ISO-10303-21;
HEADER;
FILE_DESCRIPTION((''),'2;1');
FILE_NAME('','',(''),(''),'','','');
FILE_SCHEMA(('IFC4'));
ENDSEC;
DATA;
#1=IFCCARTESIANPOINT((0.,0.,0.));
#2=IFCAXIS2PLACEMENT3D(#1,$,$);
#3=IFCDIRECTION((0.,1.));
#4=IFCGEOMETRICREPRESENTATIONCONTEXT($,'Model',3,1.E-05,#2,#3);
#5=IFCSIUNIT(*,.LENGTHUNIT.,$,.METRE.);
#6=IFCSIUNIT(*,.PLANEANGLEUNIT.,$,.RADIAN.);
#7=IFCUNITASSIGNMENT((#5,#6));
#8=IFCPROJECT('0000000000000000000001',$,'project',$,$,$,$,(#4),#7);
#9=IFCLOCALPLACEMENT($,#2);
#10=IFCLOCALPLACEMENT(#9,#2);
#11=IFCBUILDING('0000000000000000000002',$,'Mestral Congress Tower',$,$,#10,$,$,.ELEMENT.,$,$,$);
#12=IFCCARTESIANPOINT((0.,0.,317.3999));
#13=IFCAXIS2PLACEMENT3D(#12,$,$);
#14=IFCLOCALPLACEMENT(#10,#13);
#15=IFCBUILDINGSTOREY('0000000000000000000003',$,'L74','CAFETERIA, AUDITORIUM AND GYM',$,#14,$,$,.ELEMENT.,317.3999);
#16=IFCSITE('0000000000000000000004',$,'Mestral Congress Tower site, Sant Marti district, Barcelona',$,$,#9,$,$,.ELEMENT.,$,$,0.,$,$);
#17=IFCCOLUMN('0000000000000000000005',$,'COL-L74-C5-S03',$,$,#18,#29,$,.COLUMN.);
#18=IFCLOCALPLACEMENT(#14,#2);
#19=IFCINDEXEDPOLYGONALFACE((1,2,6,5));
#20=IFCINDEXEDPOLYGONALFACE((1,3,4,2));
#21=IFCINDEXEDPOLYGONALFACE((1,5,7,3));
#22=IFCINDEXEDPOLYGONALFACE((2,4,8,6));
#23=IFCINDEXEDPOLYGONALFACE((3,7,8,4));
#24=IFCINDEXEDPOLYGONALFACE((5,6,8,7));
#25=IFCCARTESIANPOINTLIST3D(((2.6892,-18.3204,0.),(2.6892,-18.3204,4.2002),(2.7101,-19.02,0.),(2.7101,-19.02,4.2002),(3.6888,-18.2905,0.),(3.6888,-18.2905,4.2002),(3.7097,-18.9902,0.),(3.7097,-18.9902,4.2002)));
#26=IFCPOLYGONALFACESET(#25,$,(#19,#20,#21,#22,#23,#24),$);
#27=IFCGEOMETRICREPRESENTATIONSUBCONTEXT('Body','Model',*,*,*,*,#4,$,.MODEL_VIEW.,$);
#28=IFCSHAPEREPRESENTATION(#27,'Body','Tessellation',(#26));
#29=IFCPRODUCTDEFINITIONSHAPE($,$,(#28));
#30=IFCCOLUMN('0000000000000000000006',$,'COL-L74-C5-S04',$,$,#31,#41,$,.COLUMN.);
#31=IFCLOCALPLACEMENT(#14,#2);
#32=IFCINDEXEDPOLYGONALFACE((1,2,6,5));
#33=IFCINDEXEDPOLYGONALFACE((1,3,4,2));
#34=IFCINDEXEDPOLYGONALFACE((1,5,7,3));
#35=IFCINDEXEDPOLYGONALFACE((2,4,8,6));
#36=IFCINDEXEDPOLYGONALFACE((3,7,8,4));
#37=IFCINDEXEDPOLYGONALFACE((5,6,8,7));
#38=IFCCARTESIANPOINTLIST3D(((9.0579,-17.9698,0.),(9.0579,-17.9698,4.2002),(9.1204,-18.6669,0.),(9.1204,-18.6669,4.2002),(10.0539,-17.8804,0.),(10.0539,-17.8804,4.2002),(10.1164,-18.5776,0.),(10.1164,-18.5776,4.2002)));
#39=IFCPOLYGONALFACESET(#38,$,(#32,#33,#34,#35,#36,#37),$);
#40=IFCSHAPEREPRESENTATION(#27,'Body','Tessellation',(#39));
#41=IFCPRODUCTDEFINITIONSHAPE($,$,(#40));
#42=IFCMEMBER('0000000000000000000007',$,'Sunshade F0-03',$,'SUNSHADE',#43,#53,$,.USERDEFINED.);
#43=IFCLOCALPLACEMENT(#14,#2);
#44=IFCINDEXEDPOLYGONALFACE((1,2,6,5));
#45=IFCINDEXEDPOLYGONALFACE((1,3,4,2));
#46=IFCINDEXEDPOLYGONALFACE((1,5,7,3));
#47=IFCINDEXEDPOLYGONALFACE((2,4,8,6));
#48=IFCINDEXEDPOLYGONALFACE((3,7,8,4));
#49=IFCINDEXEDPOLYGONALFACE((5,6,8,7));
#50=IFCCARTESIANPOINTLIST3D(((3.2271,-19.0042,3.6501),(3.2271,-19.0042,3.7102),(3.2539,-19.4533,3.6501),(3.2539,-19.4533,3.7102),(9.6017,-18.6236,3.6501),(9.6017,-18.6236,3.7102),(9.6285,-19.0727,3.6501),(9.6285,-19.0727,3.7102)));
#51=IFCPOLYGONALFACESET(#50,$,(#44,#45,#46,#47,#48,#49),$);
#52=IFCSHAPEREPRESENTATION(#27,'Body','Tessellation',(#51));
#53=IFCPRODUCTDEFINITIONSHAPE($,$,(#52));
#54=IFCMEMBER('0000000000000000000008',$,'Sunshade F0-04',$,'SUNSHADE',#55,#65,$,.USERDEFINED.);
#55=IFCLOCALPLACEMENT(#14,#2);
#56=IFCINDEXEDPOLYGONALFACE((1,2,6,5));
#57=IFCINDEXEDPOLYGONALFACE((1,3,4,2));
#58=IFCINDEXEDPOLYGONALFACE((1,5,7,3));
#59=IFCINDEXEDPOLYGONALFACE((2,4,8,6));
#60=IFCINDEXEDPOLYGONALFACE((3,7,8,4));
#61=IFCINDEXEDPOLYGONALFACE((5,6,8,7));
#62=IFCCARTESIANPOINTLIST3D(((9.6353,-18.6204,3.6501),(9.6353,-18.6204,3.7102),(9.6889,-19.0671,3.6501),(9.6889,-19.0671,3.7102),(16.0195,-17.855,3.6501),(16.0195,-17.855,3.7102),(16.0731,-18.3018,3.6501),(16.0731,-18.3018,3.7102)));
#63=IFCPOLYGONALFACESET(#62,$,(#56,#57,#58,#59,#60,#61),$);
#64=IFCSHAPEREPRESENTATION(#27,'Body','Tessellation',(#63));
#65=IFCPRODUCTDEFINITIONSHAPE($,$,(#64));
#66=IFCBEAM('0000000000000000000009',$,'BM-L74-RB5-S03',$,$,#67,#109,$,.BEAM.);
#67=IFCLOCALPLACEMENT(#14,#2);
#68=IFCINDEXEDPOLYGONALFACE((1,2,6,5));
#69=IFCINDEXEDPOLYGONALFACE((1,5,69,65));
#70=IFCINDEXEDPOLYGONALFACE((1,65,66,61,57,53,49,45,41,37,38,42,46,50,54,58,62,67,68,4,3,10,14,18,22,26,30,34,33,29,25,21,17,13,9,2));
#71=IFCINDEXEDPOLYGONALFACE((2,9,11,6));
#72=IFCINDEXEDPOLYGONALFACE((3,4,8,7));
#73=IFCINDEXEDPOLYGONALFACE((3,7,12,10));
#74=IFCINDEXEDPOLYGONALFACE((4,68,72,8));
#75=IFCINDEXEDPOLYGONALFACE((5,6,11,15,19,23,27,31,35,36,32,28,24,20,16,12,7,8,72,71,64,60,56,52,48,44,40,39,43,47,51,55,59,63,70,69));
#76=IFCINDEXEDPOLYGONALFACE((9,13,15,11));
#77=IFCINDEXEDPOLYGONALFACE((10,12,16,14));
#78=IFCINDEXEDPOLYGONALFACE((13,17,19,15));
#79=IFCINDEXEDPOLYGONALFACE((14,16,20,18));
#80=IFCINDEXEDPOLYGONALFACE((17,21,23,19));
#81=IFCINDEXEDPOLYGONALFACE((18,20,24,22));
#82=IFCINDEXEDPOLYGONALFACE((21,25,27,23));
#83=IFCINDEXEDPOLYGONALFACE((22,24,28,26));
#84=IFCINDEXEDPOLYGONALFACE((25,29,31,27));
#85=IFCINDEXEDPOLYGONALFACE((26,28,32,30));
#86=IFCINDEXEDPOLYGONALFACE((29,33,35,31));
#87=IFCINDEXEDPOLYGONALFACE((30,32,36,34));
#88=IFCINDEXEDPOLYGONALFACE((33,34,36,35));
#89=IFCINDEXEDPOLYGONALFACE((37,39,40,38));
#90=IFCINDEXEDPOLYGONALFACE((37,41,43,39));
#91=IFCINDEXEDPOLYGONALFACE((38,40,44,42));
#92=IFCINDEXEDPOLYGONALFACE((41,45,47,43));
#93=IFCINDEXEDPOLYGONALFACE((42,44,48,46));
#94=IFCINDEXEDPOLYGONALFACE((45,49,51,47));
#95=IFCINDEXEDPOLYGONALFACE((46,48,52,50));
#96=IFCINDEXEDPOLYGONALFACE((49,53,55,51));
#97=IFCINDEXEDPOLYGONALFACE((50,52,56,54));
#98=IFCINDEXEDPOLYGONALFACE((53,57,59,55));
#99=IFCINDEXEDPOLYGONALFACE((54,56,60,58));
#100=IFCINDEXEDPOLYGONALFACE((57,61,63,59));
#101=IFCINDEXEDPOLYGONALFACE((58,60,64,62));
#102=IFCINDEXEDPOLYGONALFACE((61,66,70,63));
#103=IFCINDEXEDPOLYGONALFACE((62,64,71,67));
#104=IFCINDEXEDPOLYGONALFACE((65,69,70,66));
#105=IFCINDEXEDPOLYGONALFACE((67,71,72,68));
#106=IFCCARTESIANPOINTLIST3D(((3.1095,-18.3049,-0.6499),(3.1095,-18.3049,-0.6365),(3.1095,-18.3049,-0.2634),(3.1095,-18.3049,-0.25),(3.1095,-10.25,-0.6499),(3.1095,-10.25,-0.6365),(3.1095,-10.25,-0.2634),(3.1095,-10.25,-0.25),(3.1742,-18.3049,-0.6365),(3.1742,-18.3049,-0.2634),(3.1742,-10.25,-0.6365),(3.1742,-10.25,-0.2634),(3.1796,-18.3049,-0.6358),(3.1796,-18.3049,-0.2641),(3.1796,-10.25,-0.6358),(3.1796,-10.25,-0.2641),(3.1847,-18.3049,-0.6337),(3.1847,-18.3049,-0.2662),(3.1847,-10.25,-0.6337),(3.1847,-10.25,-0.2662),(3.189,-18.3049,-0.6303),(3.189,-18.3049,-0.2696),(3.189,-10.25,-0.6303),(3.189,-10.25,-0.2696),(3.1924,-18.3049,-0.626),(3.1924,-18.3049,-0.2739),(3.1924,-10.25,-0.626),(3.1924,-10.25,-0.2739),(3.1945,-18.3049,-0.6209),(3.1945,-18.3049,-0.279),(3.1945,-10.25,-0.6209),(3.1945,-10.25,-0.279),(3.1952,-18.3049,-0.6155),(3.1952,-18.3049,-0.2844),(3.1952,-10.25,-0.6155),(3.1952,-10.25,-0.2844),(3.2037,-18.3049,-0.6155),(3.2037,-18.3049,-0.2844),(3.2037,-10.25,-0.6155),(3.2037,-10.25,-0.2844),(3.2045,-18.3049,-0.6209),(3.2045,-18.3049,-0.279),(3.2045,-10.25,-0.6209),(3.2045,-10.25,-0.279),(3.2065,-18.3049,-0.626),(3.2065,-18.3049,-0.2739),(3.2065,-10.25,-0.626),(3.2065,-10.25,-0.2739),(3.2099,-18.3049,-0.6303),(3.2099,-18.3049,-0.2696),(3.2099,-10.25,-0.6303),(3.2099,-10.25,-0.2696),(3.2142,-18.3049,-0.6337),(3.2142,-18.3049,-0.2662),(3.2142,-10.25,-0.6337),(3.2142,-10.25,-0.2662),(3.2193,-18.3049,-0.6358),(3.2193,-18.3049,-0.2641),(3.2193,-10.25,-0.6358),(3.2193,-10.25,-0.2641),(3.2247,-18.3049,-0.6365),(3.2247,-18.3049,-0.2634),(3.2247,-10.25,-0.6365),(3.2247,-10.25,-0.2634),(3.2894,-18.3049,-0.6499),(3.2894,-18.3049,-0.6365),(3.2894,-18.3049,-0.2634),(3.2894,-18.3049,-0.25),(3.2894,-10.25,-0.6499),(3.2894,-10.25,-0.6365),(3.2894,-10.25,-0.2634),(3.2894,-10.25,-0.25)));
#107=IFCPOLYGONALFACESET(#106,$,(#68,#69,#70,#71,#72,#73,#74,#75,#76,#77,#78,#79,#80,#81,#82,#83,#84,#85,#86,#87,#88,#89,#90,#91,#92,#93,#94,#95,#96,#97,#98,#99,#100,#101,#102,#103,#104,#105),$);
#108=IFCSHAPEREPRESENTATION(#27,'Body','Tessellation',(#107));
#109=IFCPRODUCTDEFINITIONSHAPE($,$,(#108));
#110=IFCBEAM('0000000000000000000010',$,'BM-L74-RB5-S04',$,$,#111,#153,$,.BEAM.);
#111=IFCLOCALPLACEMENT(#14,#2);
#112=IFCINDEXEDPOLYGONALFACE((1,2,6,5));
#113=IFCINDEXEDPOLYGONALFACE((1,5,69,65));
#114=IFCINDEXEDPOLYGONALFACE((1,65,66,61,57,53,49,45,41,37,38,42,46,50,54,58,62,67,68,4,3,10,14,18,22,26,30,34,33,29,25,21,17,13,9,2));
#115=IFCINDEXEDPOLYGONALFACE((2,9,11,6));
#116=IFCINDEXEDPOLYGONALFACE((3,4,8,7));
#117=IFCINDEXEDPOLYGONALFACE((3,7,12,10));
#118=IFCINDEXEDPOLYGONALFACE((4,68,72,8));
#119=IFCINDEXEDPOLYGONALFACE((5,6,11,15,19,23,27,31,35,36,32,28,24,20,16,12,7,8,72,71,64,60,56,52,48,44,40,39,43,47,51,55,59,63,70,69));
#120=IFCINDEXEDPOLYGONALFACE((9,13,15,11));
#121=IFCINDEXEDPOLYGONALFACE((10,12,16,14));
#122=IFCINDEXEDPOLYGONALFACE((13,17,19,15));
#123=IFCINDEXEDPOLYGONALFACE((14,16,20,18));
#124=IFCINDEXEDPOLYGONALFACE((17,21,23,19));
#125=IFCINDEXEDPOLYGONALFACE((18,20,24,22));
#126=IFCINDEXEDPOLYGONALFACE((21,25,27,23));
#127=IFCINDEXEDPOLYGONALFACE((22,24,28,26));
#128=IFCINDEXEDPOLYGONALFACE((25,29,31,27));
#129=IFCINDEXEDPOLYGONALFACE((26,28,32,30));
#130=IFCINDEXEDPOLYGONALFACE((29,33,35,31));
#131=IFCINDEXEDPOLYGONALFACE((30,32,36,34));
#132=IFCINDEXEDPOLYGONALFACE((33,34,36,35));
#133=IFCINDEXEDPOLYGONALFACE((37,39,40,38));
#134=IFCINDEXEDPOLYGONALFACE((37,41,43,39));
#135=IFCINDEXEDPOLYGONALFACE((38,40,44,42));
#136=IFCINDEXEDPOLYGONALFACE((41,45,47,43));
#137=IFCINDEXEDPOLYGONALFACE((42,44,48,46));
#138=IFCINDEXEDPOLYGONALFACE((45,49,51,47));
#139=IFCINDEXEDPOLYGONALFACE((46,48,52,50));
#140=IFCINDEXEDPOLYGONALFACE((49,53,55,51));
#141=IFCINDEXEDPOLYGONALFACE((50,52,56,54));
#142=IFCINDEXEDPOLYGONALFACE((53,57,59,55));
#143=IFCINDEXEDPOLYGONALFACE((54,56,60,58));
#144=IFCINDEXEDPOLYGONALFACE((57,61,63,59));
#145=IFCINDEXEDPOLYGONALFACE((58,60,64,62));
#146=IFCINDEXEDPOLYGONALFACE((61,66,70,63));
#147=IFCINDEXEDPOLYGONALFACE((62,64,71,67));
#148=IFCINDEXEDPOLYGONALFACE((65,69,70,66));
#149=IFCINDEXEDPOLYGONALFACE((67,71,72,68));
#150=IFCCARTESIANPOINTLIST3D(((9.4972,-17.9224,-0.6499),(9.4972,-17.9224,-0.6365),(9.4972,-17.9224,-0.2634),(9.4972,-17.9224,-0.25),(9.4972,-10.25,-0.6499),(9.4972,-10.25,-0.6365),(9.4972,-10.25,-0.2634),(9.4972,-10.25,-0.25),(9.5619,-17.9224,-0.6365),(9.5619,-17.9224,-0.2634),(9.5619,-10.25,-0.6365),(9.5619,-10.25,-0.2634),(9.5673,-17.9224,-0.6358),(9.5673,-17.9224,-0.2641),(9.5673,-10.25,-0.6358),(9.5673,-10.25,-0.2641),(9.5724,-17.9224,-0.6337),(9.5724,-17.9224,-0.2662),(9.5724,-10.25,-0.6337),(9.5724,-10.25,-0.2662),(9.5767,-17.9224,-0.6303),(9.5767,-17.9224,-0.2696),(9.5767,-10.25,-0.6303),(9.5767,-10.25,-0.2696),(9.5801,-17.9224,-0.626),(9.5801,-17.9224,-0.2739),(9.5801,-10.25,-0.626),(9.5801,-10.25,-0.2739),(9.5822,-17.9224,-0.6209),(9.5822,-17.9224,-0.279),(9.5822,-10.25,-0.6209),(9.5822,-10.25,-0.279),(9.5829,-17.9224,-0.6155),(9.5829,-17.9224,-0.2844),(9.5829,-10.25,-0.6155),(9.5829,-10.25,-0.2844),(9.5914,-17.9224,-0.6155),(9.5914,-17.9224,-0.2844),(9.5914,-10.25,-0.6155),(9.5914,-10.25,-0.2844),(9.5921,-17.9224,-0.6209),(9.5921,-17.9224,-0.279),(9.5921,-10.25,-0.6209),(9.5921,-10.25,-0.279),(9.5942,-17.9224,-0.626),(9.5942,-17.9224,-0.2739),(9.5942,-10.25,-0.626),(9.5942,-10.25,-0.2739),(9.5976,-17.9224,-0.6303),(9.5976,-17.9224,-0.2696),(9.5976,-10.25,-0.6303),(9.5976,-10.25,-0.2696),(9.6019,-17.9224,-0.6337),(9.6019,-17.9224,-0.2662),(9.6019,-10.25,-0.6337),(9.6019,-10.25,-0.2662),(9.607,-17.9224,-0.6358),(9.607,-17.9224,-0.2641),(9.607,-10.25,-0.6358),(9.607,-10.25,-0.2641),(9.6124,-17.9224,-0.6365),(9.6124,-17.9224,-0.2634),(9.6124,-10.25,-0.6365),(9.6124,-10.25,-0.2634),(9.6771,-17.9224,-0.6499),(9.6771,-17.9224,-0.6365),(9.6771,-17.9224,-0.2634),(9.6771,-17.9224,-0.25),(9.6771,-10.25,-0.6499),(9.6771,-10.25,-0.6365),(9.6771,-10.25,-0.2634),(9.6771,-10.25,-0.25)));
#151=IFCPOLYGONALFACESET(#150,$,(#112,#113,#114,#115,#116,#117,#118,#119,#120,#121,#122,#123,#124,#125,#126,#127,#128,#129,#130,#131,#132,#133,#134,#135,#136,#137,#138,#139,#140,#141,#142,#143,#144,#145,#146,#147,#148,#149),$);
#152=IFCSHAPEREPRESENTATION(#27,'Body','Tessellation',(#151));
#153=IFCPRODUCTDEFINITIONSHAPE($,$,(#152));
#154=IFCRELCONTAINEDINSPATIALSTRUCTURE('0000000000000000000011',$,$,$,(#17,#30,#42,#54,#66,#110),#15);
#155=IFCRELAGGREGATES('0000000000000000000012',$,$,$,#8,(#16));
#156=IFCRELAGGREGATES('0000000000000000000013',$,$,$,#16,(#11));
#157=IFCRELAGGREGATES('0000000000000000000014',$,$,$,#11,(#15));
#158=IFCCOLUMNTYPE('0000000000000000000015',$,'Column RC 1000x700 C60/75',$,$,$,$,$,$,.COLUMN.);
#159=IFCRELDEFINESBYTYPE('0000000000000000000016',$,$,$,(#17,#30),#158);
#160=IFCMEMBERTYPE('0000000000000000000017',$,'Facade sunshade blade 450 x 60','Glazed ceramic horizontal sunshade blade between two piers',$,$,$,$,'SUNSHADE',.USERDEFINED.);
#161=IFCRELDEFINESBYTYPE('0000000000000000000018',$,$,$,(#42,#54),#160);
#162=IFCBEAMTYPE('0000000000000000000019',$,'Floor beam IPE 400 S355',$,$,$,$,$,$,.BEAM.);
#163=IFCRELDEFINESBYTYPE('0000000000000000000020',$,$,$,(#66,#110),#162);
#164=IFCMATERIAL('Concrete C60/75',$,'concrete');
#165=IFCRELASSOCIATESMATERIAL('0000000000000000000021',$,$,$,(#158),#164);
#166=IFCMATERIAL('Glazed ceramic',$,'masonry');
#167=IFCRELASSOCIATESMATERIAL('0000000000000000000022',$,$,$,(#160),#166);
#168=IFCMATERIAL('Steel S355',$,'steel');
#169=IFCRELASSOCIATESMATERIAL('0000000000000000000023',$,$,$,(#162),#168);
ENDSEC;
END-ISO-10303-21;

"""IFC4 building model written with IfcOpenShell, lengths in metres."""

from ifc_helpers import new_model, si_unit, direction, frame, origin, origin_2d, place, context, subcontext, project, spatial, rectangle, i_section, extrude, material, material_profile, profile_set, type_object, element, save


model = new_model("IFC4")

# Units and contexts
model_context = context("Model", 3, precision=1e-05, world=origin(), true_north=direction((0.0, 1.0)))
body_context = subcontext(model_context, "Body", "Model", "MODEL_VIEW")
ifc_project = project(units=[si_unit("LENGTHUNIT", "METRE"), si_unit("PLANEANGLEUNIT", "RADIAN")], contexts=[model_context])

# Site, building, storey
site_placement = place(None, origin())
site = spatial("IfcSite", under=ifc_project, at=site_placement, Name="Mestral Congress Tower site, Sant Marti district, Barcelona", CompositionType="ELEMENT", RefElevation=0.0)
building_placement = place(site_placement, origin())
building = spatial("IfcBuilding", under=site, at=building_placement, Name="Mestral Congress Tower", CompositionType="ELEMENT")
storey_placement = place(building_placement, frame((0.0, 0.0, 317.3999)))
storey = spatial("IfcBuildingStorey", under=building, at=storey_placement, Name="L74", Description="CAFETERIA, AUDITORIUM AND GYM", CompositionType="ELEMENT", Elevation=317.3999)

# Columns
ifc_material_1 = material(Name="Concrete C60/75", Category="concrete")
ifc_material_profile_1 = material_profile(ifc_material_1, rectangle(XDim=1.0, YDim=0.7, at=origin_2d()), Name="RC 1000x700")
ifc_profile_set_1 = profile_set([ifc_material_profile_1], Name="Concrete C60/75")
column_type = type_object("IfcColumnType", Name="Column RC 1000x700 C60/75", PredefinedType="COLUMN", material=ifc_profile_set_1)
for number, where, z_axis, x_axis, name in (
    (1, (3.1995, -18.6553, 0.0), (0.0, 0.0, 1.0), (0.999555, 0.029828, 0.0), "COL-L74-C5-S03"),
    (2, (9.5872, -18.2737, 0.0), (0.0, 0.0, 1.0), (0.995998, 0.089378, 0.0), "COL-L74-C5-S04"),
):
    element("IfcColumn", number, at=place(storey_placement, frame(where, z_axis=z_axis, x_axis=x_axis)), inside=storey, type_object=column_type, Name=name, PredefinedType="COLUMN", context=body_context, shape_type="SweptSolid", body=[
        extrude(rectangle(XDim=1.0, YDim=0.7, at=origin_2d()), origin(), (0.0, 0.0, 1.0), 4.2002),
    ])

# Members
ifc_material_2 = material(Name="Glazed ceramic", Category="masonry")
ifc_material_profile_2 = material_profile(ifc_material_2, rectangle(XDim=0.45, YDim=0.0601, at=origin_2d()), Name="Ceramic blade 450 x 60")
ifc_profile_set_2 = profile_set([ifc_material_profile_2], Name="Glazed ceramic")
member_type = type_object("IfcMemberType", Name="Facade sunshade blade 450 x 60", Description="Glazed ceramic horizontal sunshade blade between two piers", ElementType="SUNSHADE", PredefinedType="USERDEFINED", material=ifc_profile_set_2)
member_1_placement = place(storey_placement, frame((3.2405, -19.2288, 3.6802), z_axis=(0.998222, 0.059603, 0.0), x_axis=(-0.059603, 0.998222, 0.0)))
element("IfcMember", 3, at=member_1_placement, inside=storey, type_object=member_type, Name="Sunshade F0-03", ObjectType="SUNSHADE", PredefinedType="USERDEFINED", context=body_context, shape_type="SweptSolid", body=[
    extrude(rectangle(XDim=0.45, YDim=0.0601, at=origin_2d()), origin(), (0.0, 0.0, 1.0), 6.386),
])
member_2_placement = place(storey_placement, frame((9.6621, -18.8438, 3.6802), z_axis=(0.99289, 0.119033, 0.0), x_axis=(-0.119033, 0.99289, 0.0)))
element("IfcMember", 4, at=member_2_placement, inside=storey, type_object=member_type, Name="Sunshade F0-04", ObjectType="SUNSHADE", PredefinedType="USERDEFINED", context=body_context, shape_type="SweptSolid", body=[
    extrude(rectangle(XDim=0.45, YDim=0.0601, at=origin_2d()), origin(), (0.0, 0.0, 1.0), 6.4299),
])

# Beams
ifc_material_3 = material(Name="Steel S355", Category="steel")
ifc_material_profile_3 = material_profile(ifc_material_3, i_section(OverallWidth=0.1799, OverallDepth=0.3999, WebThickness=0.0085, FlangeThickness=0.0134, FilletRadius=0.021, at=origin_2d()), Name="IPE 400")
ifc_profile_set_3 = profile_set([ifc_material_profile_3], Name="Steel S355")
beam_type_1 = type_object("IfcBeamType", Name="Floor beam IPE 400 S355", PredefinedType="BEAM", material=ifc_profile_set_3)
beam_1_placement = place(storey_placement, frame((3.1995, -18.3049, -0.45), z_axis=(0.0, 1.0, 0.0), x_axis=(-1.0, 0.0, 0.0)))
element("IfcBeam", 5, at=beam_1_placement, inside=storey, type_object=beam_type_1, Name="BM-L74-RB5-S03", PredefinedType="BEAM", context=body_context, shape_type="SweptSolid", body=[
    extrude(i_section(OverallWidth=0.1799, OverallDepth=0.3999, WebThickness=0.0085, FlangeThickness=0.0134, FilletRadius=0.021, at=origin_2d()), origin(), (0.0, 0.0, 1.0), 8.0549),
])
beam_2_placement = place(storey_placement, frame((9.5872, -17.9224, -0.45), z_axis=(0.0, 1.0, 0.0), x_axis=(-1.0, 0.0, 0.0)))
element("IfcBeam", 6, at=beam_2_placement, inside=storey, type_object=beam_type_1, Name="BM-L74-RB5-S04", PredefinedType="BEAM", context=body_context, shape_type="SweptSolid", body=[
    extrude(i_section(OverallWidth=0.1799, OverallDepth=0.3999, WebThickness=0.0085, FlangeThickness=0.0134, FilletRadius=0.021, at=origin_2d()), origin(), (0.0, 0.0, 1.0), 7.6724),
])

save(model, "model.ifc")
